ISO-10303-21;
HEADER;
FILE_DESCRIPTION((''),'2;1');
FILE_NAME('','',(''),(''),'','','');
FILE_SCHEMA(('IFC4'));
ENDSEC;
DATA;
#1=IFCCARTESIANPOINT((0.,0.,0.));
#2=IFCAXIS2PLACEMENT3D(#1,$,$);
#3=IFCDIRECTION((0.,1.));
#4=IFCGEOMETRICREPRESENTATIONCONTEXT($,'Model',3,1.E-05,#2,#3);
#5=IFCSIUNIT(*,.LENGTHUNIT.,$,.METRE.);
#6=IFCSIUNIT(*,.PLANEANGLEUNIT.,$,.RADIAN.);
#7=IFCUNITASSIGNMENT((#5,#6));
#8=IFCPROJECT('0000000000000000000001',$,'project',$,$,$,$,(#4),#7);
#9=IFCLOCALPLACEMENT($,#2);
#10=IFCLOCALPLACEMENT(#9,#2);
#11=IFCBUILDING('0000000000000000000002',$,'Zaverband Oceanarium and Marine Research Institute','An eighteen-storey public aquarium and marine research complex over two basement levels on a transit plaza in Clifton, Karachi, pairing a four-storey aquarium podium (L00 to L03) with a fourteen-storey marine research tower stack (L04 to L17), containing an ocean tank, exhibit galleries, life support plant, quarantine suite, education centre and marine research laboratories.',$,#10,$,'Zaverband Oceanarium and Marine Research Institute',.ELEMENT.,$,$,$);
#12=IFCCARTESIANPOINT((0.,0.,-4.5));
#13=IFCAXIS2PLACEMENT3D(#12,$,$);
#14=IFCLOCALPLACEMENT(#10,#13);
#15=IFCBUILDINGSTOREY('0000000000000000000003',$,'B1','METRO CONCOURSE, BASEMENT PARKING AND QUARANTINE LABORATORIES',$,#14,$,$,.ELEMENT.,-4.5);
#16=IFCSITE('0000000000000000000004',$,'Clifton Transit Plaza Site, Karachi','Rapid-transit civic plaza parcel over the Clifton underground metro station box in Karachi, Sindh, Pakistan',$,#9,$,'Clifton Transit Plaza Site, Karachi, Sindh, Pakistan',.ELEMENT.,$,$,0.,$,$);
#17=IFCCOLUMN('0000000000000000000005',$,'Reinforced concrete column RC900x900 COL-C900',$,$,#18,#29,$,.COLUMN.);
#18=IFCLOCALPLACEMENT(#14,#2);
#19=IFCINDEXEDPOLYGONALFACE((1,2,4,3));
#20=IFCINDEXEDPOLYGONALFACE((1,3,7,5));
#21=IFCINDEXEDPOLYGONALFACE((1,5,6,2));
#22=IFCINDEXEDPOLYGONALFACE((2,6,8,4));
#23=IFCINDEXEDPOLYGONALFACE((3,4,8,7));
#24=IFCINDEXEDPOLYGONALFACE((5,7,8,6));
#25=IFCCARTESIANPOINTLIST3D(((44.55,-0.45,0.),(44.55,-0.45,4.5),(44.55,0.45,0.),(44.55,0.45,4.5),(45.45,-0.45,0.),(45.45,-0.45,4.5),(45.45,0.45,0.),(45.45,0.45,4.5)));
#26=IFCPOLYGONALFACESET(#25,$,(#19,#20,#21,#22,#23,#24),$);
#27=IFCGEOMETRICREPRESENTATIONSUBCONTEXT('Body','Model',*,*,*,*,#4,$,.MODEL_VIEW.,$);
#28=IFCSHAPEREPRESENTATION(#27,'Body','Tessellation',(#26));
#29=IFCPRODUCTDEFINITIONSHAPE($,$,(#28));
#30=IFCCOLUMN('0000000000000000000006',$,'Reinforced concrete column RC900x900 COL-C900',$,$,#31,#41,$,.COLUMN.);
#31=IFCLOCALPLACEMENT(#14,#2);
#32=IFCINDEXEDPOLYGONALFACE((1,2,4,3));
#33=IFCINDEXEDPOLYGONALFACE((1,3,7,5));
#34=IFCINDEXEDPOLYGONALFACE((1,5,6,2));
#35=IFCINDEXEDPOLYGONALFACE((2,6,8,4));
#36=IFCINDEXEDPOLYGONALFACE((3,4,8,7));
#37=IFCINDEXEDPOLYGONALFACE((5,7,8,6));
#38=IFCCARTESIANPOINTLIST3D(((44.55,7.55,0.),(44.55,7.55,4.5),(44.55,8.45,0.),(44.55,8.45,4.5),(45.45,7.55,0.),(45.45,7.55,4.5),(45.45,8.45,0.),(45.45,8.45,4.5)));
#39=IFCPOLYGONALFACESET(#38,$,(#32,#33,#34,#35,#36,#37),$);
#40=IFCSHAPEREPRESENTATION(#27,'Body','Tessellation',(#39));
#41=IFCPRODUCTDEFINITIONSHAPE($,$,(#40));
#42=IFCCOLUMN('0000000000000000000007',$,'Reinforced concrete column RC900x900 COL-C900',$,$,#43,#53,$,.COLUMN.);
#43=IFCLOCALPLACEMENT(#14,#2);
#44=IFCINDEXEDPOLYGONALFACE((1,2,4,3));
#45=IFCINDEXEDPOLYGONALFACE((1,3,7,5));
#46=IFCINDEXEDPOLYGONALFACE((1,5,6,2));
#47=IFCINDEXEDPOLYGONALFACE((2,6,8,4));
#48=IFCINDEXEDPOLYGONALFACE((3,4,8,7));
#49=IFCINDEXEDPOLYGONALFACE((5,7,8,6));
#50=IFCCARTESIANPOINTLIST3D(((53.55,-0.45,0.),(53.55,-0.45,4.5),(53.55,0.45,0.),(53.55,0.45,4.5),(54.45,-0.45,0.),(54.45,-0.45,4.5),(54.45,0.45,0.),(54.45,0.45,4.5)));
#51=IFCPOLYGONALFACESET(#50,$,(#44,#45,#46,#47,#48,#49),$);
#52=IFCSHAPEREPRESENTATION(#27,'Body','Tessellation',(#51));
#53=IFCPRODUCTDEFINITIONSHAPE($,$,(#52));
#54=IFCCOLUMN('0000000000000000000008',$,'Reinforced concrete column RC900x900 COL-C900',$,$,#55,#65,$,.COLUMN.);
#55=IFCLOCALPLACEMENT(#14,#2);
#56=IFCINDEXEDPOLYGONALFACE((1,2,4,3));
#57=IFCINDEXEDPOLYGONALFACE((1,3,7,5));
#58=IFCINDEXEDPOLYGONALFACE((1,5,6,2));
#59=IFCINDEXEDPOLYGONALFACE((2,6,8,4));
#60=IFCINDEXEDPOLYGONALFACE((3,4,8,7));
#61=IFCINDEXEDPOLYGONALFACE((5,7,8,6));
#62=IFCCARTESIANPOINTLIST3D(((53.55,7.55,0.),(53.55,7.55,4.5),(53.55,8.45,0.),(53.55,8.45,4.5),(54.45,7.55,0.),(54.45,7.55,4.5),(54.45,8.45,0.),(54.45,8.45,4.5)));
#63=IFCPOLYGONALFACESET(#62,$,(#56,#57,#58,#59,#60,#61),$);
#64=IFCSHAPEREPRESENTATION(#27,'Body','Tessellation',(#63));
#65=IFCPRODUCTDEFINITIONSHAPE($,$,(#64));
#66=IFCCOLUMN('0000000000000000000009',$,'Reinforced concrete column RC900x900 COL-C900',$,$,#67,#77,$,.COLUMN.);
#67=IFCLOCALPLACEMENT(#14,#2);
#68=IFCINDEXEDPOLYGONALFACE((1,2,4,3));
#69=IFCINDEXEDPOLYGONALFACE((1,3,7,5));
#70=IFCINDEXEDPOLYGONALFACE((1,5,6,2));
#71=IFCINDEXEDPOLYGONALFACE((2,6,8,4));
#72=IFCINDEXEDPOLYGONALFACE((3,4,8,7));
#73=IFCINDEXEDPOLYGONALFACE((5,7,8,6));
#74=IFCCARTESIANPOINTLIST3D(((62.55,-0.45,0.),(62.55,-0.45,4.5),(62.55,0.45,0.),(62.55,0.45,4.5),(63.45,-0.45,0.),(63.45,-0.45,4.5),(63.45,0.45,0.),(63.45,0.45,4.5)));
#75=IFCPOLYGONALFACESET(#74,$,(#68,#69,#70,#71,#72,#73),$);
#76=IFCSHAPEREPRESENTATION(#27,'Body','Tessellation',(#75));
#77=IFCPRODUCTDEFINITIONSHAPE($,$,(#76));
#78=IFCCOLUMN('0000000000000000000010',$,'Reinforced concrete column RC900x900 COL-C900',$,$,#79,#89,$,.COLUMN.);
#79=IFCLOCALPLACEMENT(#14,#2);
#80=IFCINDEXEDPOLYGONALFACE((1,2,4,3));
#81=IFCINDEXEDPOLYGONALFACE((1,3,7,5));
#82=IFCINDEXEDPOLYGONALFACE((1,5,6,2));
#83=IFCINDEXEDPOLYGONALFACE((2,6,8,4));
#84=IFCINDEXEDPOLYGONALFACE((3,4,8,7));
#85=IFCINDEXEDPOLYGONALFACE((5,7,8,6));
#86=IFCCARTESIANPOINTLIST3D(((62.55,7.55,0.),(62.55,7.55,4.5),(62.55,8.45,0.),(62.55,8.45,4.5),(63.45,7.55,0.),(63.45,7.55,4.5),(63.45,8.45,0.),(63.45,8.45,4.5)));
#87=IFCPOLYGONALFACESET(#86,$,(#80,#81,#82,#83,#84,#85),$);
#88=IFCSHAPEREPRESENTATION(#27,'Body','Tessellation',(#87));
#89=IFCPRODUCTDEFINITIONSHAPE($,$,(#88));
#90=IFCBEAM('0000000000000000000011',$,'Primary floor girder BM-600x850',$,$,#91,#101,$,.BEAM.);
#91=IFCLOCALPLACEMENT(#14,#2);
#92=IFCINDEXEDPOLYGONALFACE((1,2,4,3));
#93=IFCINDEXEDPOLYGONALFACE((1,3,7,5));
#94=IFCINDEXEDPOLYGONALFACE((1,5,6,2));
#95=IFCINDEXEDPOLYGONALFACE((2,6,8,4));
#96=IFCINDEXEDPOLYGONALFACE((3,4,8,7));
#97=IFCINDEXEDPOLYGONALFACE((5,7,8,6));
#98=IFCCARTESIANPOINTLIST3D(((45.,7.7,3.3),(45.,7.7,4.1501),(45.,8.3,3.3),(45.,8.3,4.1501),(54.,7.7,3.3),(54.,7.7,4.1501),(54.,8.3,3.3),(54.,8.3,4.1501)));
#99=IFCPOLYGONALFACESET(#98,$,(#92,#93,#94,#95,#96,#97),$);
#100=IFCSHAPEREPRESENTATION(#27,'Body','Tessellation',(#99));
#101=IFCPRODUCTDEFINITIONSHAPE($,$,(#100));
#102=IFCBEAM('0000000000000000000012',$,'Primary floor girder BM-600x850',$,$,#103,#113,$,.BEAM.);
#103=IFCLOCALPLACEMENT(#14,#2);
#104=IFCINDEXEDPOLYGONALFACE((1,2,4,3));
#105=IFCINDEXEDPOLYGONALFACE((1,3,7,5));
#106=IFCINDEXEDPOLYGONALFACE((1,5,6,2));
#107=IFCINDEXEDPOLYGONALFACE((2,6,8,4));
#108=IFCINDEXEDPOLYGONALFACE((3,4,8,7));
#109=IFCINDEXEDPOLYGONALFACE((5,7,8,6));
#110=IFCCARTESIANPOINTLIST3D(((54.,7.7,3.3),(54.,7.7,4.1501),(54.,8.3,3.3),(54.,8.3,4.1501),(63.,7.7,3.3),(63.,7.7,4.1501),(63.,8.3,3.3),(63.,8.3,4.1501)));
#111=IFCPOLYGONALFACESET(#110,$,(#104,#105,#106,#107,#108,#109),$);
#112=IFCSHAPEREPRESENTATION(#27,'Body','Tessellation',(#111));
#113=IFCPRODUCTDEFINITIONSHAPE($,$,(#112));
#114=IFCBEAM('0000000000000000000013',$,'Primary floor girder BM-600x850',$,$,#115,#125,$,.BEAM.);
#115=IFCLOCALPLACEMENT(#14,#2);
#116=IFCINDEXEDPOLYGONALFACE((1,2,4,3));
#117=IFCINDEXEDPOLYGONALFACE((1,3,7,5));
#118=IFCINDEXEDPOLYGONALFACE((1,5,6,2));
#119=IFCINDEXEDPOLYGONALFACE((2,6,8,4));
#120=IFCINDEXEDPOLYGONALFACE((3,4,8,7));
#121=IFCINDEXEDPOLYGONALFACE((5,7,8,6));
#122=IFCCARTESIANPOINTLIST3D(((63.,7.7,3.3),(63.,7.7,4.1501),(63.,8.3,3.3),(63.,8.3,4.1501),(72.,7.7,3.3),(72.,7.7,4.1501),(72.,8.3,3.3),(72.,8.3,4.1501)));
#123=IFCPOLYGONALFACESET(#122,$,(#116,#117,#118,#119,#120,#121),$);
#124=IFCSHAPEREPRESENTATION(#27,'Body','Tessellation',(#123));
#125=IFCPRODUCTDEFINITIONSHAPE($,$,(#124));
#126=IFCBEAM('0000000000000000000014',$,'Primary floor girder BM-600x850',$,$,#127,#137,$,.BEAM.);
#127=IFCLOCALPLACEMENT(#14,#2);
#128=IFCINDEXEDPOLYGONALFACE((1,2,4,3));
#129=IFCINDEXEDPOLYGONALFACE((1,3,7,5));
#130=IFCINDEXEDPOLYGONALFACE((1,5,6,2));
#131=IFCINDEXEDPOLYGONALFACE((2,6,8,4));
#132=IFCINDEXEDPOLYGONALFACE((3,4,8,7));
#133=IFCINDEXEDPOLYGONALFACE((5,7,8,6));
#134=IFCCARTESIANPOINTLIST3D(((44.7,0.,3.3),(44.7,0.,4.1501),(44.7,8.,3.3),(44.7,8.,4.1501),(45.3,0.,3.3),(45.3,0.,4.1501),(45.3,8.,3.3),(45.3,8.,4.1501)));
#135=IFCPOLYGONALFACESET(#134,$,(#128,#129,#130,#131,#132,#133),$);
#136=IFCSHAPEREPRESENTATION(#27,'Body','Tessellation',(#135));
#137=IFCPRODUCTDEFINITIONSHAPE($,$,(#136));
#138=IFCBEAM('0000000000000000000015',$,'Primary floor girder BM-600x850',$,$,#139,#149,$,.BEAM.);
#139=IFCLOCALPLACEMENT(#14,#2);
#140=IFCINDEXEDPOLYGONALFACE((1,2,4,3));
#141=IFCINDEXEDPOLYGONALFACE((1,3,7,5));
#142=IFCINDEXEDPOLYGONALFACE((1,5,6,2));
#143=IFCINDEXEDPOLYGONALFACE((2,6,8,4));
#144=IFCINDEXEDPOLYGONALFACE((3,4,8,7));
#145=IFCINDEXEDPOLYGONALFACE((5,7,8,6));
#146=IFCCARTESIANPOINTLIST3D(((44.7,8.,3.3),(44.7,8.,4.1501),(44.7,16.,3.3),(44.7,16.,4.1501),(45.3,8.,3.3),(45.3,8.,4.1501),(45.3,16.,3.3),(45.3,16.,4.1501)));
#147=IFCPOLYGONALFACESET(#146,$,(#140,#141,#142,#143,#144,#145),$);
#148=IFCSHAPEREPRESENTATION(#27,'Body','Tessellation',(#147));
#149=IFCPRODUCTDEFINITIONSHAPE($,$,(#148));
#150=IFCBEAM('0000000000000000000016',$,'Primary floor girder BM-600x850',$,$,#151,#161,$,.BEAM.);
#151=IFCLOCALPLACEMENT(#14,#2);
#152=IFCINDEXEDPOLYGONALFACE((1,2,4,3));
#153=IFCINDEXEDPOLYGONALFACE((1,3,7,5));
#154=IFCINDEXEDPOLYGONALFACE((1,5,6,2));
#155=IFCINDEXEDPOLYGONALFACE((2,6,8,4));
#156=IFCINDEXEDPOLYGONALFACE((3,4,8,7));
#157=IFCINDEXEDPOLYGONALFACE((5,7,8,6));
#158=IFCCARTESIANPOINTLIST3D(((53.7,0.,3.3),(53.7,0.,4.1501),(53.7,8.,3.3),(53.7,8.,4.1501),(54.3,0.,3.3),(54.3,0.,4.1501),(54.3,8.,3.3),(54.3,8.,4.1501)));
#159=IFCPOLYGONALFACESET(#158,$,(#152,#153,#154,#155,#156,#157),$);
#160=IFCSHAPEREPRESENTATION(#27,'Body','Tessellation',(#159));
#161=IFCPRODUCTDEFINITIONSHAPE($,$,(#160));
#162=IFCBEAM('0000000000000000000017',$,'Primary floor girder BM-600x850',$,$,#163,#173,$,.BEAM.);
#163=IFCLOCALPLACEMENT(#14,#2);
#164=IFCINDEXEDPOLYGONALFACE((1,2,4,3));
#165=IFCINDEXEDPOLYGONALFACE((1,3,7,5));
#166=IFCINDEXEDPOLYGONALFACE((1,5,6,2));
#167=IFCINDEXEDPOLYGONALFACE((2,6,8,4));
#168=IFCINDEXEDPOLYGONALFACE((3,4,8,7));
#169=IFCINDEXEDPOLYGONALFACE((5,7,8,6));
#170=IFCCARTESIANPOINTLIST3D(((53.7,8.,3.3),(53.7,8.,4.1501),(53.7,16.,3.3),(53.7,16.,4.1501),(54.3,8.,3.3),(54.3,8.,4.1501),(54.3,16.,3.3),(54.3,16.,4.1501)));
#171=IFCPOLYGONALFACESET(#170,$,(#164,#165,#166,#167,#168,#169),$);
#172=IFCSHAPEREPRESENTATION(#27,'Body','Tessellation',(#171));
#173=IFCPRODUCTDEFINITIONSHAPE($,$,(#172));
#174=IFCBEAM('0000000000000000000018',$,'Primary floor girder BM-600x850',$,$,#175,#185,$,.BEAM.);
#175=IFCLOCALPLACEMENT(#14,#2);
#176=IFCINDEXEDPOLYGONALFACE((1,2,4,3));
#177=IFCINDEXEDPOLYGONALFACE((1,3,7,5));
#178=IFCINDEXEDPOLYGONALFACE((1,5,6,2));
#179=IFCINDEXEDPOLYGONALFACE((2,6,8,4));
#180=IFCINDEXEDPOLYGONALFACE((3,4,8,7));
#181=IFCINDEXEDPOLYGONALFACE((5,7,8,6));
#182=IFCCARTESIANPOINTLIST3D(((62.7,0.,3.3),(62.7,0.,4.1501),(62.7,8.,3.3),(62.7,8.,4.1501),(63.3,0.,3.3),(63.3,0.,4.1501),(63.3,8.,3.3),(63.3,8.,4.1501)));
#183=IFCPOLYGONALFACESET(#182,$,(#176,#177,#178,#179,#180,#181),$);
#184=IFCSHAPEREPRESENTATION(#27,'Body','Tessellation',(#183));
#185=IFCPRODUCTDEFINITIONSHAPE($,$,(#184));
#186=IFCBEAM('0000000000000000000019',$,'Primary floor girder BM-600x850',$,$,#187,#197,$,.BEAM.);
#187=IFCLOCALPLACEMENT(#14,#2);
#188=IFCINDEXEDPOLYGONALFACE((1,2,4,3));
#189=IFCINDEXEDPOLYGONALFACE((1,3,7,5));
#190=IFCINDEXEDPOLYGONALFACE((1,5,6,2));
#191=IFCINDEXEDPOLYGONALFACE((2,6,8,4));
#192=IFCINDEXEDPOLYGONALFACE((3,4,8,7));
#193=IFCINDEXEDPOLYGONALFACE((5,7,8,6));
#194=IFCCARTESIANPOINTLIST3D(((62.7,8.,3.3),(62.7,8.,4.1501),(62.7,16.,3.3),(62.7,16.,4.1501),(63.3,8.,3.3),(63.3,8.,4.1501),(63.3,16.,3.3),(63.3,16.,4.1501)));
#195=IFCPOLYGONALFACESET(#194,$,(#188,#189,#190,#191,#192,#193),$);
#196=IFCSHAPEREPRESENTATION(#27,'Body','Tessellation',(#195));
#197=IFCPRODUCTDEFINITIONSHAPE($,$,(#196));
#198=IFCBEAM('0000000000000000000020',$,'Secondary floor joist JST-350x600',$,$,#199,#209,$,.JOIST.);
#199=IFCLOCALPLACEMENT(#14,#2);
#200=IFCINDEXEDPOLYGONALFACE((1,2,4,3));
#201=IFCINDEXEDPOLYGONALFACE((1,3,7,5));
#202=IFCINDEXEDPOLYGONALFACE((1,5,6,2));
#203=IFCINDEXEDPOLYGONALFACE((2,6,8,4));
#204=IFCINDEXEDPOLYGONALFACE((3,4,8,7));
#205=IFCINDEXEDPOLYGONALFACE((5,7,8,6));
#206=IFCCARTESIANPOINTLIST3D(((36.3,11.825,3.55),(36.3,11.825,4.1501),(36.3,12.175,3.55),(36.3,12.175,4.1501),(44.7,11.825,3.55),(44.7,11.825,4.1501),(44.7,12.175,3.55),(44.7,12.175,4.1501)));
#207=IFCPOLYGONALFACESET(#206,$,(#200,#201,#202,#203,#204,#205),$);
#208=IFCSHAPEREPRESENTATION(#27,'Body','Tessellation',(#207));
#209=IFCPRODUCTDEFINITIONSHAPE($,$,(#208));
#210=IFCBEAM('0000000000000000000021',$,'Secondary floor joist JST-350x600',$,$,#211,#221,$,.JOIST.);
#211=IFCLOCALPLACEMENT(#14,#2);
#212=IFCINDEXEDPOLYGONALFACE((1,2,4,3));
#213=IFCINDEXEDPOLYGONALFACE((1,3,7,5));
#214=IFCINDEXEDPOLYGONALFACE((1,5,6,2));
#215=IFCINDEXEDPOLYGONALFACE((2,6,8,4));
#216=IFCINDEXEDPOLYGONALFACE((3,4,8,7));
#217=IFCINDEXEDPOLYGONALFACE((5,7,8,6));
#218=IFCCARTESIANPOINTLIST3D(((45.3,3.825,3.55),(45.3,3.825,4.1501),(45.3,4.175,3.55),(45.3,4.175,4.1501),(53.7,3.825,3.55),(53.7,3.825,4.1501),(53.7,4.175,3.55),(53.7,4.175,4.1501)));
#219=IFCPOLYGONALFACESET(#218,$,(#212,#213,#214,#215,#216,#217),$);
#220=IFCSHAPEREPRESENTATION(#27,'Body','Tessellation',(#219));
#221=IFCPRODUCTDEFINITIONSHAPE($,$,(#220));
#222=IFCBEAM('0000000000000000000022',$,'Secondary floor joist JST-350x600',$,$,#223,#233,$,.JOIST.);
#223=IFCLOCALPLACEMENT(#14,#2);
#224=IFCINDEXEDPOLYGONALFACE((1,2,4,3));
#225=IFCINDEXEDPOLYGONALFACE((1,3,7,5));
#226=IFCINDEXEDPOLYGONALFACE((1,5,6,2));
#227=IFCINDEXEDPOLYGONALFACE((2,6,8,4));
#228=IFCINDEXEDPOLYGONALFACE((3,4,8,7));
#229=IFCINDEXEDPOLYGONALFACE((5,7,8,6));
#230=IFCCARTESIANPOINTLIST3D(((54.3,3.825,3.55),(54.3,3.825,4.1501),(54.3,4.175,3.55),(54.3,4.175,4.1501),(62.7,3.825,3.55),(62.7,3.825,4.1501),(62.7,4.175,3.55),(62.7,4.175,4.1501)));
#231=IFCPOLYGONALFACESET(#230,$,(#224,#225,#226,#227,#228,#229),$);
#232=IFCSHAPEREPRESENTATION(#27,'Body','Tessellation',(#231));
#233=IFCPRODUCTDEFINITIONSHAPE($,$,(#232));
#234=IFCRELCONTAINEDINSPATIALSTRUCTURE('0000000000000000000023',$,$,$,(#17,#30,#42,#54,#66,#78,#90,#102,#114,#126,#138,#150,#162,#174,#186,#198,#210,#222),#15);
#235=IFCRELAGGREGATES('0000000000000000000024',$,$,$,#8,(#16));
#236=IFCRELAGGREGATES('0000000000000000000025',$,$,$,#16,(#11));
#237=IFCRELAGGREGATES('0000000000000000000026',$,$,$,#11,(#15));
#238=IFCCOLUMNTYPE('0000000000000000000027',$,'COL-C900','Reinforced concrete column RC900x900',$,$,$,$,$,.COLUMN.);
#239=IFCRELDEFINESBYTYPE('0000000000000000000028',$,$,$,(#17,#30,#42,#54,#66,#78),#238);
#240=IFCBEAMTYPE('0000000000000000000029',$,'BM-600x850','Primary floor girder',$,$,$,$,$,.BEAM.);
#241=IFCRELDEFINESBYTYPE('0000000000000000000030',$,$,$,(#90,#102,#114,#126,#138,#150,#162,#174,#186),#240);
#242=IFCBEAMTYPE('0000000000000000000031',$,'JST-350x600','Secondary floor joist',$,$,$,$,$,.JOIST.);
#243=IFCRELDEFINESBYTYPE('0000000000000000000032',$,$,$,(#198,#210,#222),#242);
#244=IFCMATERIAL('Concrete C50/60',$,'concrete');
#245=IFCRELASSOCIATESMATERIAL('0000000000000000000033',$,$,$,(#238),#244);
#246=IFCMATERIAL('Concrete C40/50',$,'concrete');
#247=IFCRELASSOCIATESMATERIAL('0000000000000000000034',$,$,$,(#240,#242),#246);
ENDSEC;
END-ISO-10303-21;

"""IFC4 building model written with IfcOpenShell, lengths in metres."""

from ifc_helpers import new_model, si_unit, direction, frame, origin, origin_2d, place, context, subcontext, project, spatial, rectangle, extrude, material, material_profile, profile_set, type_object, element, save


model = new_model("IFC4")

# Units and contexts
model_context = context("Model", 3, precision=1e-05, world=origin(), true_north=direction((0.0, 1.0)))
body_context = subcontext(model_context, "Body", "Model", "MODEL_VIEW")
ifc_project = project(units=[si_unit("LENGTHUNIT", "METRE"), si_unit("PLANEANGLEUNIT", "RADIAN")], contexts=[model_context])

# Site, building, storey
site_placement = place(None, origin())
site = spatial("IfcSite", under=ifc_project, at=site_placement, Name="Clifton Transit Plaza Site, Karachi", Description="Rapid-transit civic plaza parcel over the Clifton underground metro station box in Karachi, Sindh, Pakistan", LongName="Clifton Transit Plaza Site, Karachi, Sindh, Pakistan", CompositionType="ELEMENT", RefElevation=0.0)
building_placement = place(site_placement, origin())
building = spatial("IfcBuilding", under=site, at=building_placement, Name="Zaverband Oceanarium and Marine Research Institute", Description="An eighteen-storey public aquarium and marine research complex over two basement levels on a transit plaza in Clifton, Karachi, pairing a four-storey aquarium podium (L00 to L03) with a fourteen-storey marine research tower stack (L04 to L17), containing an ocean tank, exhibit galleries, life support plant, quarantine suite, education centre and marine research laboratories.", LongName="Zaverband Oceanarium and Marine Research Institute", CompositionType="ELEMENT")
storey_placement = place(building_placement, frame((0.0, 0.0, -4.5)))
storey = spatial("IfcBuildingStorey", under=building, at=storey_placement, Name="B1", Description="METRO CONCOURSE, BASEMENT PARKING AND QUARANTINE LABORATORIES", CompositionType="ELEMENT", Elevation=-4.5)

# Columns
ifc_material_1 = material(Name="Concrete C50/60", Category="concrete")
ifc_material_profile_1 = material_profile(ifc_material_1, rectangle(XDim=0.8999, YDim=0.8999, at=origin_2d()), Name="RC900x900")
ifc_profile_set_1 = profile_set([ifc_material_profile_1], Name="Concrete C50/60")
column_type = type_object("IfcColumnType", Name="COL-C900", Description="Reinforced concrete column RC900x900", PredefinedType="COLUMN", material=ifc_profile_set_1)
for number, where, z_axis, x_axis, name in (
    (1, (45.0, 0.0, 0.0), (0.0, 0.0, 1.0), (1.0, 0.0, 0.0), "Reinforced concrete column RC900x900 COL-C900"),
    (2, (45.0, 8.0, 0.0), (0.0, 0.0, 1.0), (1.0, 0.0, 0.0), "Reinforced concrete column RC900x900 COL-C900"),
    (3, (54.0, 0.0, 0.0), (0.0, 0.0, 1.0), (1.0, 0.0, 0.0), "Reinforced concrete column RC900x900 COL-C900"),
    (4, (54.0, 8.0, 0.0), (0.0, 0.0, 1.0), (1.0, 0.0, 0.0), "Reinforced concrete column RC900x900 COL-C900"),
    (5, (63.0, 0.0, 0.0), (0.0, 0.0, 1.0), (1.0, 0.0, 0.0), "Reinforced concrete column RC900x900 COL-C900"),
    (6, (63.0, 8.0, 0.0), (0.0, 0.0, 1.0), (1.0, 0.0, 0.0), "Reinforced concrete column RC900x900 COL-C900"),
):
    element("IfcColumn", number, at=place(storey_placement, frame(where, z_axis=z_axis, x_axis=x_axis)), inside=storey, type_object=column_type, Name=name, PredefinedType="COLUMN", context=body_context, shape_type="SweptSolid", body=[
        extrude(rectangle(XDim=0.8999, YDim=0.8999, at=origin_2d()), origin(), (0.0, 0.0, 1.0), 4.5),
    ])

# Beams
ifc_material_2 = material(Name="Concrete C40/50", Category="concrete")
ifc_material_profile_2 = material_profile(ifc_material_2, rectangle(XDim=0.6001, YDim=0.8501, at=origin_2d()), Name="RC600x850")
ifc_profile_set_2 = profile_set([ifc_material_profile_2], Name="Concrete C40/50")
beam_type_1 = type_object("IfcBeamType", Name="BM-600x850", Description="Primary floor girder", PredefinedType="BEAM", material=ifc_profile_set_2)
for number, where, z_axis, x_axis, name in (
    (7, (45.0, 8.0, 3.7251), (1.0, 0.0, 0.0), (0.0, 1.0, 0.0), "Primary floor girder BM-600x850"),
    (8, (54.0, 8.0, 3.7251), (1.0, 0.0, 0.0), (0.0, 1.0, 0.0), "Primary floor girder BM-600x850"),
    (9, (63.0, 8.0, 3.7251), (1.0, 0.0, 0.0), (0.0, 1.0, 0.0), "Primary floor girder BM-600x850"),
):
    element("IfcBeam", number, at=place(storey_placement, frame(where, z_axis=z_axis, x_axis=x_axis)), inside=storey, type_object=beam_type_1, Name=name, PredefinedType="BEAM", context=body_context, shape_type="SweptSolid", body=[
        extrude(rectangle(XDim=0.6001, YDim=0.8501, at=origin_2d()), origin(), (0.0, 0.0, 1.0), 9.0),
    ])
for number, where, z_axis, x_axis, name in (
    (10, (45.0, 0.0, 3.7251), (0.0, 1.0, 0.0), (-1.0, 0.0, 0.0), "Primary floor girder BM-600x850"),
    (11, (45.0, 8.0, 3.7251), (0.0, 1.0, 0.0), (-1.0, 0.0, 0.0), "Primary floor girder BM-600x850"),
    (12, (54.0, 0.0, 3.7251), (0.0, 1.0, 0.0), (-1.0, 0.0, 0.0), "Primary floor girder BM-600x850"),
    (13, (54.0, 8.0, 3.7251), (0.0, 1.0, 0.0), (-1.0, 0.0, 0.0), "Primary floor girder BM-600x850"),
    (14, (63.0, 0.0, 3.7251), (0.0, 1.0, 0.0), (-1.0, 0.0, 0.0), "Primary floor girder BM-600x850"),
    (15, (63.0, 8.0, 3.7251), (0.0, 1.0, 0.0), (-1.0, 0.0, 0.0), "Primary floor girder BM-600x850"),
):
    element("IfcBeam", number, at=place(storey_placement, frame(where, z_axis=z_axis, x_axis=x_axis)), inside=storey, type_object=beam_type_1, Name=name, PredefinedType="BEAM", context=body_context, shape_type="SweptSolid", body=[
        extrude(rectangle(XDim=0.6001, YDim=0.8501, at=origin_2d()), origin(), (0.0, 0.0, 1.0), 8.0),
    ])
ifc_material_profile_3 = material_profile(ifc_material_2, rectangle(XDim=0.3501, YDim=0.6001, at=origin_2d()), Name="RC350x600")
ifc_profile_set_3 = profile_set([ifc_material_profile_3], Name="Concrete C40/50")
beam_type_2 = type_object("IfcBeamType", Name="JST-350x600", Description="Secondary floor joist", PredefinedType="JOIST", material=ifc_profile_set_3)
for number, where, z_axis, x_axis, name in (
    (16, (36.3, 12.0, 3.8501), (1.0, 0.0, 0.0), (0.0, 1.0, 0.0), "Secondary floor joist JST-350x600"),
    (17, (45.3, 4.0, 3.8501), (1.0, 0.0, 0.0), (0.0, 1.0, 0.0), "Secondary floor joist JST-350x600"),
    (18, (54.3, 4.0, 3.8501), (1.0, 0.0, 0.0), (0.0, 1.0, 0.0), "Secondary floor joist JST-350x600"),
):
    element("IfcBeam", number, at=place(storey_placement, frame(where, z_axis=z_axis, x_axis=x_axis)), inside=storey, type_object=beam_type_2, Name=name, PredefinedType="JOIST", context=body_context, shape_type="SweptSolid", body=[
        extrude(rectangle(XDim=0.3501, YDim=0.6001, at=origin_2d()), origin(), (0.0, 0.0, 1.0), 8.3999),
    ])

save(model, "model.ifc")
